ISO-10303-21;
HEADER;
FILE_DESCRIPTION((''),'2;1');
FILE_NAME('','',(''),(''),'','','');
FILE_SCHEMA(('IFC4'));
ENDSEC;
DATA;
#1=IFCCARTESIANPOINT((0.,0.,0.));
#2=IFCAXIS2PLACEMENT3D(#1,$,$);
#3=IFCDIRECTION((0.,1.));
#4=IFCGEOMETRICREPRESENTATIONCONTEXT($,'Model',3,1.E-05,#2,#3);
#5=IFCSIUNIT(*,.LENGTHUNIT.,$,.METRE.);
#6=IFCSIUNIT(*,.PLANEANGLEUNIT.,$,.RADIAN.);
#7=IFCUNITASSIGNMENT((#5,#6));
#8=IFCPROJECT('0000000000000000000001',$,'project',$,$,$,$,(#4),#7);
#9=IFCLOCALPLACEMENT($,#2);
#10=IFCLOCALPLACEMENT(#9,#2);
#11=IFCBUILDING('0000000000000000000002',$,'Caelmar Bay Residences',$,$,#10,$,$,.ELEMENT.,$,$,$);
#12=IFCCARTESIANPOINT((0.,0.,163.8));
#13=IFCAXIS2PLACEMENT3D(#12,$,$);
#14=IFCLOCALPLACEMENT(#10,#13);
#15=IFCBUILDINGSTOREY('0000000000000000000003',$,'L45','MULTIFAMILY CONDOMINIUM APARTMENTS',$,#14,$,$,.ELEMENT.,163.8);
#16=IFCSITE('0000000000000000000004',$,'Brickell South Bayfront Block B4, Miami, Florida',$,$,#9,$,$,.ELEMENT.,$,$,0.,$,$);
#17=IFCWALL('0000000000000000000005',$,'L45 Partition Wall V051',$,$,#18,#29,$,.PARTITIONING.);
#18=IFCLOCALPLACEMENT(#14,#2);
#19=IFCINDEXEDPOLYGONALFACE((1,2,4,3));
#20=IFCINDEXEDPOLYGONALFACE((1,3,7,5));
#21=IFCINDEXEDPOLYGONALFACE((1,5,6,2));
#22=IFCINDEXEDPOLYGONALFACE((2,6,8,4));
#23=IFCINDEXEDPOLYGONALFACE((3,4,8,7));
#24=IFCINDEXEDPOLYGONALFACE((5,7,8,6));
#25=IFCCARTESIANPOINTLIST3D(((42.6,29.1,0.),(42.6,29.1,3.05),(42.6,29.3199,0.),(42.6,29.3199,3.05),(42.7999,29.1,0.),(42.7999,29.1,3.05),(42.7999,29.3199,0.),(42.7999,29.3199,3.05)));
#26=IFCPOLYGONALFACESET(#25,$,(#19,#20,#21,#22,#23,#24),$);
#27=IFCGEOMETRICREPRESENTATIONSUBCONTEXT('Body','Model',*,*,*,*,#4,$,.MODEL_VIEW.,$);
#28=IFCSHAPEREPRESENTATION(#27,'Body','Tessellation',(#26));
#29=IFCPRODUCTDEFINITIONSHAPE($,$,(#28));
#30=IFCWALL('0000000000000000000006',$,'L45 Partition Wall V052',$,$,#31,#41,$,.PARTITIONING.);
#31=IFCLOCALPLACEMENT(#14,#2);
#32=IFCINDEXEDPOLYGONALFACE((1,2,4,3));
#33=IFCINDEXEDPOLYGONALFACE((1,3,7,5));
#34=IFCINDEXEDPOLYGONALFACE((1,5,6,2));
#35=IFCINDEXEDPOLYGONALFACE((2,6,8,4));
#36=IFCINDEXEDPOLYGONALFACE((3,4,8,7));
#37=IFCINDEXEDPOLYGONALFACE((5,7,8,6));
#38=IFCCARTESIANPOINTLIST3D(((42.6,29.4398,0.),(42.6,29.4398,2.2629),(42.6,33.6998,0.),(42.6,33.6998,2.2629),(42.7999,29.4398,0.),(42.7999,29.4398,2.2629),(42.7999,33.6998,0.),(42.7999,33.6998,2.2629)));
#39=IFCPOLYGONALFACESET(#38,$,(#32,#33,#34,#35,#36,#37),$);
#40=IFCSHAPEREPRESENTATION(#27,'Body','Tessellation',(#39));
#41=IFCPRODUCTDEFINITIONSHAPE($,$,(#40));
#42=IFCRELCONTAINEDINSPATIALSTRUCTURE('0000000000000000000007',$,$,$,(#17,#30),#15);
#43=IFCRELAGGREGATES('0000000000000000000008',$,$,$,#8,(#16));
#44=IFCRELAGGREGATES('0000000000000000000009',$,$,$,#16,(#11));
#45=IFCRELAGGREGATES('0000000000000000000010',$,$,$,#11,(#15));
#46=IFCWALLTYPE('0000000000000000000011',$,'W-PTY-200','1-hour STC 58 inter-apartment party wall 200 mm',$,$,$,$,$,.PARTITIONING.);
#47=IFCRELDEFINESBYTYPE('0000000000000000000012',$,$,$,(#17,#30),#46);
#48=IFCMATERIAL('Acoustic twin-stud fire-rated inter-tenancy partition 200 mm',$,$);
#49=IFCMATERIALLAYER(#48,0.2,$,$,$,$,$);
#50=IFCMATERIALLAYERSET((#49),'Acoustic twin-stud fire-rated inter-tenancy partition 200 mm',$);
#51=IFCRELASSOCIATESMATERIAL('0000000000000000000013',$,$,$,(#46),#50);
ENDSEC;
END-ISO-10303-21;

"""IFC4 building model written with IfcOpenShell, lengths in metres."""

from ifc_helpers import new_model, si_unit, direction, frame, frame_2d, origin, place, context, subcontext, project, spatial, rectangle, extrude, material, layer, layer_set, type_object, element, save


model = new_model("IFC4")

# Units and contexts
model_context = context("Model", 3, precision=1e-05, world=origin(), true_north=direction((0.0, 1.0)))
body_context = subcontext(model_context, "Body", "Model", "MODEL_VIEW")
ifc_project = project(units=[si_unit("LENGTHUNIT", "METRE"), si_unit("PLANEANGLEUNIT", "RADIAN")], contexts=[model_context])

# Site, building, storey
site_placement = place(None, origin())
site = spatial("IfcSite", under=ifc_project, at=site_placement, Name="Brickell South Bayfront Block B4, Miami, Florida", CompositionType="ELEMENT", RefElevation=0.0)
building_placement = place(site_placement, origin())
building = spatial("IfcBuilding", under=site, at=building_placement, Name="Caelmar Bay Residences", CompositionType="ELEMENT")
storey_placement = place(building_placement, frame((0.0, 0.0, 163.8)))
storey = spatial("IfcBuildingStorey", under=building, at=storey_placement, Name="L45", Description="MULTIFAMILY CONDOMINIUM APARTMENTS", CompositionType="ELEMENT", Elevation=163.8)

# Walls
ifc_material_1 = material(Name="Acoustic twin-stud fire-rated inter-tenancy partition 200 mm")
ifc_layer_1 = layer(ifc_material_1, 0.2)
ifc_layer_set_1 = layer_set([ifc_layer_1], Name="Acoustic twin-stud fire-rated inter-tenancy partition 200 mm")
wall_type_1 = type_object("IfcWallType", Name="W-PTY-200", Description="1-hour STC 58 inter-apartment party wall 200 mm", PredefinedType="PARTITIONING", material=ifc_layer_set_1)
wall_1_placement = place(storey_placement, frame((42.7, 29.1001, 0.0), z_axis=(0.0, 0.0, 1.0), x_axis=(0.0, 1.0, 0.0)))
element("IfcWall", 1, at=wall_1_placement, inside=storey, type_object=wall_type_1, Name="L45 Partition Wall V051", PredefinedType="PARTITIONING", context=body_context, shape_type="SweptSolid", body=[
    extrude(rectangle(XDim=0.22, YDim=0.2, at=frame_2d((0.1099, 0.0))), origin(), (0.0, 0.0, 1.0), 3.05),
])
wall_2_placement = place(storey_placement, frame((42.7, 29.4399, 0.0), z_axis=(0.0, 0.0, 1.0), x_axis=(0.0, 1.0, 0.0)))
element("IfcWall", 2, at=wall_2_placement, inside=storey, type_object=wall_type_1, Name="L45 Partition Wall V052", PredefinedType="PARTITIONING", context=body_context, shape_type="SweptSolid", body=[
    extrude(rectangle(XDim=4.26, YDim=0.2, at=frame_2d((2.1299, 0.0))), origin(), (0.0, 0.0, 1.0), 2.2629),
])

save(model, "model.ifc")
